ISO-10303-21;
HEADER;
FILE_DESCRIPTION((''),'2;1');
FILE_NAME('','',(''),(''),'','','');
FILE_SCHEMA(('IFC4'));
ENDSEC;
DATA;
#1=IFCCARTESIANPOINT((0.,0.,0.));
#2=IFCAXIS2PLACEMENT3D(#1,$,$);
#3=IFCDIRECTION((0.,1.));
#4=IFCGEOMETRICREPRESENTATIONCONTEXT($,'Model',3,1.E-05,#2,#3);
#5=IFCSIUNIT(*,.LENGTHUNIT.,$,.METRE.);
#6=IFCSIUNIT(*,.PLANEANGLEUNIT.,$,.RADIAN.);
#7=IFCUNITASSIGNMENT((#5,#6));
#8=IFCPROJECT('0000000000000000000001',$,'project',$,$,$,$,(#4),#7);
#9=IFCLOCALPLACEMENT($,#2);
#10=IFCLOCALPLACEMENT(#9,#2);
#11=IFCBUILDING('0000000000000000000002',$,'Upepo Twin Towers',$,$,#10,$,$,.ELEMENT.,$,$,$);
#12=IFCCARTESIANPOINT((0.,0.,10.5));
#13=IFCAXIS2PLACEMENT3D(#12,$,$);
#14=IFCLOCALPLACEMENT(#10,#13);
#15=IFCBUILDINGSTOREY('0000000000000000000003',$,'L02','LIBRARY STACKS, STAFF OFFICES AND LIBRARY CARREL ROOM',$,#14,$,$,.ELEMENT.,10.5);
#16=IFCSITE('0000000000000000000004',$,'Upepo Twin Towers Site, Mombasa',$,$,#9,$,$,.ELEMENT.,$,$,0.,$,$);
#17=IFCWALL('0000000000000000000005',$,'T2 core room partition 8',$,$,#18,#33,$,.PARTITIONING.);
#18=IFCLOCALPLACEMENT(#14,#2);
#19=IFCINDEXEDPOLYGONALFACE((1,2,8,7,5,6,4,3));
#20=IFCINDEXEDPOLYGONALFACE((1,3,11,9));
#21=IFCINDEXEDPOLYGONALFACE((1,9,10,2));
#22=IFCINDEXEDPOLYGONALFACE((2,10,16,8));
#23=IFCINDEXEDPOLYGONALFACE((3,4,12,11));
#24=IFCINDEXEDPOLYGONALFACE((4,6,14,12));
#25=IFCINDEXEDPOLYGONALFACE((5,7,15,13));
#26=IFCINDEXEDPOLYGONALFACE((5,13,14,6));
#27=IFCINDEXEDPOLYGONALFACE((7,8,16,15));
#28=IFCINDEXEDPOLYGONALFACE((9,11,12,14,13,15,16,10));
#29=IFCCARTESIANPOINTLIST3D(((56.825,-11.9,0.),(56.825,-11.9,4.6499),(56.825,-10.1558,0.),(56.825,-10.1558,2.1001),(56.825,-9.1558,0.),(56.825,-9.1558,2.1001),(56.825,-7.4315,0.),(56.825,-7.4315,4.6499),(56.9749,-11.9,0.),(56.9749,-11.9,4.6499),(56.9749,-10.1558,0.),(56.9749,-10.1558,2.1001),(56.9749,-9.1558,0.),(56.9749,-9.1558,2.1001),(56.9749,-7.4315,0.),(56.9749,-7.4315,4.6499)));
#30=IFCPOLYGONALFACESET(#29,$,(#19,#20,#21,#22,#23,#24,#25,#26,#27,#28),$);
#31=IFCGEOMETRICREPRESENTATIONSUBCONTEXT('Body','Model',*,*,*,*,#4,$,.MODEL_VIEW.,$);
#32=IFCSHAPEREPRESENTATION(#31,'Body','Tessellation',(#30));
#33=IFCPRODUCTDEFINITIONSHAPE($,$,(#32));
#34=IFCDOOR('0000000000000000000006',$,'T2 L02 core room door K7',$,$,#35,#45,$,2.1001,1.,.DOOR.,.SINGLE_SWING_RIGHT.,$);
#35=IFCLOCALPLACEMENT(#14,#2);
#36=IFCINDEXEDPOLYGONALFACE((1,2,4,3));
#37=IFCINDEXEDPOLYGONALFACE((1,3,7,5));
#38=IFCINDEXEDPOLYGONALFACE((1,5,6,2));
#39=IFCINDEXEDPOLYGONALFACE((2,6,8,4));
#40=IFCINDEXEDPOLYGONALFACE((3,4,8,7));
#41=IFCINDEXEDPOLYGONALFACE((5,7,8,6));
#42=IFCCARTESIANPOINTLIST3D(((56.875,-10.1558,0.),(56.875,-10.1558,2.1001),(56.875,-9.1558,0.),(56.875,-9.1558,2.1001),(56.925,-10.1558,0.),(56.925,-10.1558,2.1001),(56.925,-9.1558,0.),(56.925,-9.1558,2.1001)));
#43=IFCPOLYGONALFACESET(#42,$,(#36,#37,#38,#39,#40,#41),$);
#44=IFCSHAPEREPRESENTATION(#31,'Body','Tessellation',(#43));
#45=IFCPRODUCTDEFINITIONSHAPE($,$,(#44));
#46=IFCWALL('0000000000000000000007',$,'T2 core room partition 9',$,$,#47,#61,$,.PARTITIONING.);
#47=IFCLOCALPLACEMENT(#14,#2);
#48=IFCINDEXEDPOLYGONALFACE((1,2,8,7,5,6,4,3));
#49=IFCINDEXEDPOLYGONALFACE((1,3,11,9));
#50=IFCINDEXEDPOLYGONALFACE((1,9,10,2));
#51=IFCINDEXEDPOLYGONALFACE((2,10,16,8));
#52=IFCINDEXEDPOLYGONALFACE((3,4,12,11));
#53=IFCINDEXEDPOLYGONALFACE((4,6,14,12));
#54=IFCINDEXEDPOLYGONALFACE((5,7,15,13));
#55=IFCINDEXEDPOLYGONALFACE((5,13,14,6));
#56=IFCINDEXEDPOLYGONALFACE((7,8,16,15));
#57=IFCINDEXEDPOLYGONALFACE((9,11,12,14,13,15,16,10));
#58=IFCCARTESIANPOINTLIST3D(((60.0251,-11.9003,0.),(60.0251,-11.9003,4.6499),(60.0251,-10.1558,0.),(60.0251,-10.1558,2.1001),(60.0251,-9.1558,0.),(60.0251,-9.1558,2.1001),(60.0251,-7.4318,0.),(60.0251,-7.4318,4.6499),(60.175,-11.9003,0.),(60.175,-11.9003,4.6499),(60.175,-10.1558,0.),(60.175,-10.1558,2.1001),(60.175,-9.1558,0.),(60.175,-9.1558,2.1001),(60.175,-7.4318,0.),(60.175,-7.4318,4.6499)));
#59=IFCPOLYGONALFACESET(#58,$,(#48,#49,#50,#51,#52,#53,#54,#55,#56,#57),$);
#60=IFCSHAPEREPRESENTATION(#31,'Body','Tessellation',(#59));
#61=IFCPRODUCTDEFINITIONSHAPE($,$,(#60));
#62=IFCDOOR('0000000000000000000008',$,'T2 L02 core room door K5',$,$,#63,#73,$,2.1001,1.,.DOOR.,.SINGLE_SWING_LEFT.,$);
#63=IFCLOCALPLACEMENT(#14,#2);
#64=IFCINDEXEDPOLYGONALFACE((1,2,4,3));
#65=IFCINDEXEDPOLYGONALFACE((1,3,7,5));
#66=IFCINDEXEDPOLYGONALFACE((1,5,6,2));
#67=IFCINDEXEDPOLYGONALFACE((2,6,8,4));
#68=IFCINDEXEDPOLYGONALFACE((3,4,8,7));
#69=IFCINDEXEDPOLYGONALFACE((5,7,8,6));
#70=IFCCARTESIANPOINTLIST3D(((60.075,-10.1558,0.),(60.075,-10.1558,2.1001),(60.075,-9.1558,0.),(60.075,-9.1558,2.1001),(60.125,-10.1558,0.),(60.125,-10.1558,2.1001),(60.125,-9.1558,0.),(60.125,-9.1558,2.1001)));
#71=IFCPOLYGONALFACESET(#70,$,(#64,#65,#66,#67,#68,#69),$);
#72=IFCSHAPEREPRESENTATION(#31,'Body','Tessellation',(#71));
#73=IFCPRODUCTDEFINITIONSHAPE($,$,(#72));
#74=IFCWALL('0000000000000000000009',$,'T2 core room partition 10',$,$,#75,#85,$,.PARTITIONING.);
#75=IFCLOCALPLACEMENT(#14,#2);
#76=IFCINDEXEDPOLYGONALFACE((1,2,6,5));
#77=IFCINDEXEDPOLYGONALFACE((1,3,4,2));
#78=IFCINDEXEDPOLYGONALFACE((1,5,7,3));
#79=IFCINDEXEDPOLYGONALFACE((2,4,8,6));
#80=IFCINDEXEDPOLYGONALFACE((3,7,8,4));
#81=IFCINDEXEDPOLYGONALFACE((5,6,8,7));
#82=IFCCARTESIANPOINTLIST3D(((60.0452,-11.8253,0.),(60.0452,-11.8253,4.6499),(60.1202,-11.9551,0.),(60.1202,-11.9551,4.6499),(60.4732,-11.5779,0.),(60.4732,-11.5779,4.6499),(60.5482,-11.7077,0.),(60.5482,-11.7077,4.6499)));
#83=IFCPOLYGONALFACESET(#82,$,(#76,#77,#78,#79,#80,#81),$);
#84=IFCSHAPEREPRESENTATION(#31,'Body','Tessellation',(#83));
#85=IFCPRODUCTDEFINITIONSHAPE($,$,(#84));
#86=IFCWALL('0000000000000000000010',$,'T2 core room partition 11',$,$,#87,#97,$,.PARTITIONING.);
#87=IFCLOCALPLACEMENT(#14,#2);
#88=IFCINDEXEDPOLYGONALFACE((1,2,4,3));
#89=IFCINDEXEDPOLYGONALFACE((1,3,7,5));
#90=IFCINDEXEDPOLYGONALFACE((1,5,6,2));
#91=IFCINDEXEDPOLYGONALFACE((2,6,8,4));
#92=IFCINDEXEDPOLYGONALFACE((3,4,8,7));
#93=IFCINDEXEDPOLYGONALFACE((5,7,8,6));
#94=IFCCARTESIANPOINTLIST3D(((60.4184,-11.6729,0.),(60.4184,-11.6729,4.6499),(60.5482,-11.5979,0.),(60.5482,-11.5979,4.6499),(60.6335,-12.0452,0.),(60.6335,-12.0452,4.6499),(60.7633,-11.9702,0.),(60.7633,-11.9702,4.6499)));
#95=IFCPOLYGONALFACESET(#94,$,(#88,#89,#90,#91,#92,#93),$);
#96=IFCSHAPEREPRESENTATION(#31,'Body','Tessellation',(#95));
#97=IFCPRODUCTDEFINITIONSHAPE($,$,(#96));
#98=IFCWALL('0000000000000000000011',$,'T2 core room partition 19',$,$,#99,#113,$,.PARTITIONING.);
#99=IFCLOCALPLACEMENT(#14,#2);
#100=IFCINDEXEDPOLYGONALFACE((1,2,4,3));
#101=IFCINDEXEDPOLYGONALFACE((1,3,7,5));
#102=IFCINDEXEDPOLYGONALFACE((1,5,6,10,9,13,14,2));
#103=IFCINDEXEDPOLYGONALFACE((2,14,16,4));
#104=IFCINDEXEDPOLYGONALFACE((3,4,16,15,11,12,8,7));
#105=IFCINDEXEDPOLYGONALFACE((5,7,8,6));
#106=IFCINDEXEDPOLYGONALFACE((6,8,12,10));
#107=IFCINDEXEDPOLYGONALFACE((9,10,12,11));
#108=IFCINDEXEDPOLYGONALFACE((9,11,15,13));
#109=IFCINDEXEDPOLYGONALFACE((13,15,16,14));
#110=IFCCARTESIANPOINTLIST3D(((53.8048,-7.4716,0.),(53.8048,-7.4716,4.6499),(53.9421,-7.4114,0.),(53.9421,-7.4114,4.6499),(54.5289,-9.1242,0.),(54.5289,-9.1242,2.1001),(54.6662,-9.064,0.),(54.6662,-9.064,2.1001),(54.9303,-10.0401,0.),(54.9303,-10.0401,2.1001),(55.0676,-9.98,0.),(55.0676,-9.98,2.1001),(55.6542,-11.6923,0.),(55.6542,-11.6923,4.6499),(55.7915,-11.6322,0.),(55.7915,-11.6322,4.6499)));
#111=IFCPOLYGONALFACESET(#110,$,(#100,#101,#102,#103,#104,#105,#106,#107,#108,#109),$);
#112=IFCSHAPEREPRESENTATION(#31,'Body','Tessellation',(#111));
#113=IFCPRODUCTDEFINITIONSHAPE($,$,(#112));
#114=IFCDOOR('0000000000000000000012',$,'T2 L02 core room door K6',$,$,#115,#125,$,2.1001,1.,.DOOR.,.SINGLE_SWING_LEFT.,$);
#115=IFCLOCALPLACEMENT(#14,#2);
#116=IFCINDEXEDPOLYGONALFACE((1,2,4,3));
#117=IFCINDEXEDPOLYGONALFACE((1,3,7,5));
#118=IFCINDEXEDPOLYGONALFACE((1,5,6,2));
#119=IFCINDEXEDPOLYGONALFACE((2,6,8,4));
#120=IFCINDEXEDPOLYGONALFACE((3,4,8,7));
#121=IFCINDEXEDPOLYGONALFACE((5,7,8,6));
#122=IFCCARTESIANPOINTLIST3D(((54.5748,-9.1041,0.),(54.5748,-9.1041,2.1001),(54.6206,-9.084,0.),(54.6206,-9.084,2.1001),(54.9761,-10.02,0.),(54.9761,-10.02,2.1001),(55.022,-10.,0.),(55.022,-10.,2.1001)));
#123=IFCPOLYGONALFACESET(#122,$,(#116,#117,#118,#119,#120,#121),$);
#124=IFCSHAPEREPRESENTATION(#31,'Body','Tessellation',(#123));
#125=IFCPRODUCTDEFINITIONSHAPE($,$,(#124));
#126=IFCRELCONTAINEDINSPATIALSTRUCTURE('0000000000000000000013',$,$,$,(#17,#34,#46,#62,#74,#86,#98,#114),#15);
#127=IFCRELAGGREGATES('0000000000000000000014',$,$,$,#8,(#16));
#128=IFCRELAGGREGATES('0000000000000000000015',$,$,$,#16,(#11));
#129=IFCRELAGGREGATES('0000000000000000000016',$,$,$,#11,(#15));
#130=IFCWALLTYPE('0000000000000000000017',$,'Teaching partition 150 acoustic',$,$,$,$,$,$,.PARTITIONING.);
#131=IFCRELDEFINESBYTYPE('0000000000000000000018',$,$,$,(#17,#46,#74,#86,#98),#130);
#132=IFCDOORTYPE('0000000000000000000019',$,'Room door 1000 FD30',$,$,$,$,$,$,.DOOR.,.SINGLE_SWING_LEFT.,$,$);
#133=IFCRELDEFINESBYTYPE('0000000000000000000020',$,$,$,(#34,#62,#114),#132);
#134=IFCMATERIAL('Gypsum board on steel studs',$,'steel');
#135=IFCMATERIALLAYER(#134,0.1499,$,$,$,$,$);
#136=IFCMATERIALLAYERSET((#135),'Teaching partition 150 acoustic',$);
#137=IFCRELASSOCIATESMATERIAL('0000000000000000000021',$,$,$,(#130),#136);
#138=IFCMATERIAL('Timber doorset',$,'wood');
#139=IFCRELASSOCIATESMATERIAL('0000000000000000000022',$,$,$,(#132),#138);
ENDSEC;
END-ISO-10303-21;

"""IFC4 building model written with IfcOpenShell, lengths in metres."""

from ifc_helpers import new_model, si_unit, direction, frame, frame_2d, origin, place, context, subcontext, project, spatial, rectangle, extrude, material, layer, layer_set, type_object, element, fill, save


model = new_model("IFC4")

# Units and contexts
model_context = context("Model", 3, precision=1e-05, world=origin(), true_north=direction((0.0, 1.0)))
body_context = subcontext(model_context, "Body", "Model", "MODEL_VIEW")
ifc_project = project(units=[si_unit("LENGTHUNIT", "METRE"), si_unit("PLANEANGLEUNIT", "RADIAN")], contexts=[model_context])

# Site, building, storey
site_placement = place(None, origin())
site = spatial("IfcSite", under=ifc_project, at=site_placement, Name="Upepo Twin Towers Site, Mombasa", CompositionType="ELEMENT", RefElevation=0.0)
building_placement = place(site_placement, origin())
building = spatial("IfcBuilding", under=site, at=building_placement, Name="Upepo Twin Towers", CompositionType="ELEMENT")
storey_placement = place(building_placement, frame((0.0, 0.0, 10.5)))
storey = spatial("IfcBuildingStorey", under=building, at=storey_placement, Name="L02", Description="LIBRARY STACKS, STAFF OFFICES AND LIBRARY CARREL ROOM", CompositionType="ELEMENT", Elevation=10.5)

# Shared definitions
ifc_material_1 = material(Name="Gypsum board on steel studs", Category="steel")
ifc_layer_1 = layer(ifc_material_1, 0.1499)
ifc_layer_set_1 = layer_set([ifc_layer_1], Name="Teaching partition 150 acoustic")
wall_type_1 = type_object("IfcWallType", Name="Teaching partition 150 acoustic", PredefinedType="PARTITIONING", material=ifc_layer_set_1)

# Walls, openings, doors
wall_1_placement = place(storey_placement, frame((56.8999, -11.9001, 0.0), z_axis=(0.0, 0.0, 1.0), x_axis=(0.0, 1.0, 0.0)))
wall_1 = element("IfcWall", 1, at=wall_1_placement, inside=storey, type_object=wall_type_1, Name="T2 core room partition 8", PredefinedType="PARTITIONING", context=body_context, shape_type="SweptSolid", body=[
    extrude(rectangle(XDim=4.4685, YDim=0.1499, at=frame_2d((2.2344, 0.0))), origin(), (0.0, 0.0, 1.0), 4.6499),
])
opening_1_placement = place(wall_1_placement, frame((1.7444, 0.0, 0.0)))
opening_1 = element("IfcOpeningElement", 2, at=opening_1_placement, cuts=wall_1, PredefinedType="OPENING", context=body_context, shape_type="SweptSolid", body=[
    extrude(rectangle(XDim=1.0, YDim=2.1001, at=frame_2d((0.5, 1.05))), frame((0.0, 0.085, 0.0), z_axis=(0.0, -1.0, 0.0), x_axis=(1.0, 0.0, 0.0)), (0.0, 0.0, 1.0), 0.1699),
])
ifc_material_2 = material(Name="Timber doorset", Category="wood")
door_type_1 = type_object("IfcDoorType", Name="Room door 1000 FD30", OperationType="SINGLE_SWING_LEFT", PredefinedType="DOOR", material=ifc_material_2)
door_1_placement = place(opening_1_placement, origin())
door_1 = element("IfcDoor", 3, at=door_1_placement, inside=storey, type_object=door_type_1, Name="T2 L02 core room door K7", OperationType="SINGLE_SWING_RIGHT", OverallHeight=2.1001, OverallWidth=1.0, PredefinedType="DOOR", context=body_context, shape_type="SweptSolid", body=[
    extrude(rectangle(XDim=1.0, YDim=2.1001, at=frame_2d((0.5, 1.05))), frame((0.0, 0.0249, 0.0), z_axis=(0.0, -1.0, 0.0), x_axis=(1.0, 0.0, 0.0)), (0.0, 0.0, 1.0), 0.05),
])
fill(opening_1, door_1)
wall_2_placement = place(storey_placement, frame((60.1001, -7.4316, 0.0), z_axis=(0.0, 0.0, 1.0), x_axis=(0.0, -1.0, 0.0)))
wall_2 = element("IfcWall", 4, at=wall_2_placement, inside=storey, type_object=wall_type_1, Name="T2 core room partition 9", PredefinedType="PARTITIONING", context=body_context, shape_type="SweptSolid", body=[
    extrude(rectangle(XDim=4.4685, YDim=0.1499, at=frame_2d((2.2344, 0.0))), origin(), (0.0, 0.0, 1.0), 4.6499),
])
opening_2_placement = place(wall_2_placement, frame((1.7241, 0.0, 0.0)))
opening_2 = element("IfcOpeningElement", 5, at=opening_2_placement, cuts=wall_2, PredefinedType="OPENING", context=body_context, shape_type="SweptSolid", body=[
    extrude(rectangle(XDim=1.0, YDim=2.1001, at=frame_2d((0.5, 1.05))), frame((0.0, 0.085, 0.0), z_axis=(0.0, -1.0, 0.0), x_axis=(1.0, 0.0, 0.0)), (0.0, 0.0, 1.0), 0.1699),
])
door_2_placement = place(opening_2_placement, origin())
door_2 = element("IfcDoor", 6, at=door_2_placement, inside=storey, type_object=door_type_1, Name="T2 L02 core room door K5", OperationType="SINGLE_SWING_LEFT", OverallHeight=2.1001, OverallWidth=1.0, PredefinedType="DOOR", context=body_context, shape_type="SweptSolid", body=[
    extrude(rectangle(XDim=1.0, YDim=2.1001, at=frame_2d((0.5, 1.05))), frame((0.0, 0.0249, 0.0), z_axis=(0.0, -1.0, 0.0), x_axis=(1.0, 0.0, 0.0)), (0.0, 0.0, 1.0), 0.05),
])
fill(opening_2, door_2)

# Walls
wall_3_placement = place(storey_placement, frame((60.0828, -11.8901, 0.0), z_axis=(0.0, 0.0, 1.0), x_axis=(0.865832, 0.500335, 0.0)))
element("IfcWall", 7, at=wall_3_placement, inside=storey, type_object=wall_type_1, Name="T2 core room partition 10", PredefinedType="PARTITIONING", context=body_context, shape_type="SweptSolid", body=[
    extrude(rectangle(XDim=0.4944, YDim=0.1499, at=frame_2d((0.2471, 0.0))), origin(), (0.0, 0.0, 1.0), 4.6499),
])
wall_4_placement = place(storey_placement, frame((60.4834, -11.6355, 0.0), z_axis=(0.0, 0.0, 1.0), x_axis=(0.50023, -0.865892, 0.0)))
element("IfcWall", 8, at=wall_4_placement, inside=storey, type_object=wall_type_1, Name="T2 core room partition 11", PredefinedType="PARTITIONING", context=body_context, shape_type="SweptSolid", body=[
    extrude(rectangle(XDim=0.4299, YDim=0.1499, at=frame_2d((0.2148, 0.0))), origin(), (0.0, 0.0, 1.0), 4.6499),
])

# Wall, opening, door
wall_5_placement = place(storey_placement, frame((55.7229, -11.6624, 0.0), z_axis=(0.0, 0.0, 1.0), x_axis=(-0.40133, 0.915933, 0.0)))
wall_5 = element("IfcWall", 9, at=wall_5_placement, inside=storey, type_object=wall_type_1, Name="T2 core room partition 19", PredefinedType="PARTITIONING", context=body_context, shape_type="SweptSolid", body=[
    extrude(rectangle(XDim=4.6082, YDim=0.1499, at=frame_2d((2.3042, 0.0))), origin(), (0.0, 0.0, 1.0), 4.6499),
])
opening_3_placement = place(wall_5_placement, frame((1.804, 0.0, 0.0)))
opening_3 = element("IfcOpeningElement", 10, at=opening_3_placement, cuts=wall_5, PredefinedType="OPENING", context=body_context, shape_type="SweptSolid", body=[
    extrude(rectangle(XDim=1.0, YDim=2.1001, at=frame_2d((0.5, 1.05))), frame((0.0, 0.085, 0.0), z_axis=(0.0, -1.0, 0.0), x_axis=(1.0, 0.0, 0.0)), (0.0, 0.0, 1.0), 0.1699),
])
door_3_placement = place(opening_3_placement, origin())
door_3 = element("IfcDoor", 11, at=door_3_placement, inside=storey, type_object=door_type_1, Name="T2 L02 core room door K6", OperationType="SINGLE_SWING_LEFT", OverallHeight=2.1001, OverallWidth=1.0, PredefinedType="DOOR", context=body_context, shape_type="SweptSolid", body=[
    extrude(rectangle(XDim=1.0, YDim=2.1001, at=frame_2d((0.5, 1.05))), frame((0.0, 0.0249, 0.0), z_axis=(0.0, -1.0, 0.0), x_axis=(1.0, 0.0, 0.0)), (0.0, 0.0, 1.0), 0.05),
])
fill(opening_3, door_3)

save(model, "model.ifc")
